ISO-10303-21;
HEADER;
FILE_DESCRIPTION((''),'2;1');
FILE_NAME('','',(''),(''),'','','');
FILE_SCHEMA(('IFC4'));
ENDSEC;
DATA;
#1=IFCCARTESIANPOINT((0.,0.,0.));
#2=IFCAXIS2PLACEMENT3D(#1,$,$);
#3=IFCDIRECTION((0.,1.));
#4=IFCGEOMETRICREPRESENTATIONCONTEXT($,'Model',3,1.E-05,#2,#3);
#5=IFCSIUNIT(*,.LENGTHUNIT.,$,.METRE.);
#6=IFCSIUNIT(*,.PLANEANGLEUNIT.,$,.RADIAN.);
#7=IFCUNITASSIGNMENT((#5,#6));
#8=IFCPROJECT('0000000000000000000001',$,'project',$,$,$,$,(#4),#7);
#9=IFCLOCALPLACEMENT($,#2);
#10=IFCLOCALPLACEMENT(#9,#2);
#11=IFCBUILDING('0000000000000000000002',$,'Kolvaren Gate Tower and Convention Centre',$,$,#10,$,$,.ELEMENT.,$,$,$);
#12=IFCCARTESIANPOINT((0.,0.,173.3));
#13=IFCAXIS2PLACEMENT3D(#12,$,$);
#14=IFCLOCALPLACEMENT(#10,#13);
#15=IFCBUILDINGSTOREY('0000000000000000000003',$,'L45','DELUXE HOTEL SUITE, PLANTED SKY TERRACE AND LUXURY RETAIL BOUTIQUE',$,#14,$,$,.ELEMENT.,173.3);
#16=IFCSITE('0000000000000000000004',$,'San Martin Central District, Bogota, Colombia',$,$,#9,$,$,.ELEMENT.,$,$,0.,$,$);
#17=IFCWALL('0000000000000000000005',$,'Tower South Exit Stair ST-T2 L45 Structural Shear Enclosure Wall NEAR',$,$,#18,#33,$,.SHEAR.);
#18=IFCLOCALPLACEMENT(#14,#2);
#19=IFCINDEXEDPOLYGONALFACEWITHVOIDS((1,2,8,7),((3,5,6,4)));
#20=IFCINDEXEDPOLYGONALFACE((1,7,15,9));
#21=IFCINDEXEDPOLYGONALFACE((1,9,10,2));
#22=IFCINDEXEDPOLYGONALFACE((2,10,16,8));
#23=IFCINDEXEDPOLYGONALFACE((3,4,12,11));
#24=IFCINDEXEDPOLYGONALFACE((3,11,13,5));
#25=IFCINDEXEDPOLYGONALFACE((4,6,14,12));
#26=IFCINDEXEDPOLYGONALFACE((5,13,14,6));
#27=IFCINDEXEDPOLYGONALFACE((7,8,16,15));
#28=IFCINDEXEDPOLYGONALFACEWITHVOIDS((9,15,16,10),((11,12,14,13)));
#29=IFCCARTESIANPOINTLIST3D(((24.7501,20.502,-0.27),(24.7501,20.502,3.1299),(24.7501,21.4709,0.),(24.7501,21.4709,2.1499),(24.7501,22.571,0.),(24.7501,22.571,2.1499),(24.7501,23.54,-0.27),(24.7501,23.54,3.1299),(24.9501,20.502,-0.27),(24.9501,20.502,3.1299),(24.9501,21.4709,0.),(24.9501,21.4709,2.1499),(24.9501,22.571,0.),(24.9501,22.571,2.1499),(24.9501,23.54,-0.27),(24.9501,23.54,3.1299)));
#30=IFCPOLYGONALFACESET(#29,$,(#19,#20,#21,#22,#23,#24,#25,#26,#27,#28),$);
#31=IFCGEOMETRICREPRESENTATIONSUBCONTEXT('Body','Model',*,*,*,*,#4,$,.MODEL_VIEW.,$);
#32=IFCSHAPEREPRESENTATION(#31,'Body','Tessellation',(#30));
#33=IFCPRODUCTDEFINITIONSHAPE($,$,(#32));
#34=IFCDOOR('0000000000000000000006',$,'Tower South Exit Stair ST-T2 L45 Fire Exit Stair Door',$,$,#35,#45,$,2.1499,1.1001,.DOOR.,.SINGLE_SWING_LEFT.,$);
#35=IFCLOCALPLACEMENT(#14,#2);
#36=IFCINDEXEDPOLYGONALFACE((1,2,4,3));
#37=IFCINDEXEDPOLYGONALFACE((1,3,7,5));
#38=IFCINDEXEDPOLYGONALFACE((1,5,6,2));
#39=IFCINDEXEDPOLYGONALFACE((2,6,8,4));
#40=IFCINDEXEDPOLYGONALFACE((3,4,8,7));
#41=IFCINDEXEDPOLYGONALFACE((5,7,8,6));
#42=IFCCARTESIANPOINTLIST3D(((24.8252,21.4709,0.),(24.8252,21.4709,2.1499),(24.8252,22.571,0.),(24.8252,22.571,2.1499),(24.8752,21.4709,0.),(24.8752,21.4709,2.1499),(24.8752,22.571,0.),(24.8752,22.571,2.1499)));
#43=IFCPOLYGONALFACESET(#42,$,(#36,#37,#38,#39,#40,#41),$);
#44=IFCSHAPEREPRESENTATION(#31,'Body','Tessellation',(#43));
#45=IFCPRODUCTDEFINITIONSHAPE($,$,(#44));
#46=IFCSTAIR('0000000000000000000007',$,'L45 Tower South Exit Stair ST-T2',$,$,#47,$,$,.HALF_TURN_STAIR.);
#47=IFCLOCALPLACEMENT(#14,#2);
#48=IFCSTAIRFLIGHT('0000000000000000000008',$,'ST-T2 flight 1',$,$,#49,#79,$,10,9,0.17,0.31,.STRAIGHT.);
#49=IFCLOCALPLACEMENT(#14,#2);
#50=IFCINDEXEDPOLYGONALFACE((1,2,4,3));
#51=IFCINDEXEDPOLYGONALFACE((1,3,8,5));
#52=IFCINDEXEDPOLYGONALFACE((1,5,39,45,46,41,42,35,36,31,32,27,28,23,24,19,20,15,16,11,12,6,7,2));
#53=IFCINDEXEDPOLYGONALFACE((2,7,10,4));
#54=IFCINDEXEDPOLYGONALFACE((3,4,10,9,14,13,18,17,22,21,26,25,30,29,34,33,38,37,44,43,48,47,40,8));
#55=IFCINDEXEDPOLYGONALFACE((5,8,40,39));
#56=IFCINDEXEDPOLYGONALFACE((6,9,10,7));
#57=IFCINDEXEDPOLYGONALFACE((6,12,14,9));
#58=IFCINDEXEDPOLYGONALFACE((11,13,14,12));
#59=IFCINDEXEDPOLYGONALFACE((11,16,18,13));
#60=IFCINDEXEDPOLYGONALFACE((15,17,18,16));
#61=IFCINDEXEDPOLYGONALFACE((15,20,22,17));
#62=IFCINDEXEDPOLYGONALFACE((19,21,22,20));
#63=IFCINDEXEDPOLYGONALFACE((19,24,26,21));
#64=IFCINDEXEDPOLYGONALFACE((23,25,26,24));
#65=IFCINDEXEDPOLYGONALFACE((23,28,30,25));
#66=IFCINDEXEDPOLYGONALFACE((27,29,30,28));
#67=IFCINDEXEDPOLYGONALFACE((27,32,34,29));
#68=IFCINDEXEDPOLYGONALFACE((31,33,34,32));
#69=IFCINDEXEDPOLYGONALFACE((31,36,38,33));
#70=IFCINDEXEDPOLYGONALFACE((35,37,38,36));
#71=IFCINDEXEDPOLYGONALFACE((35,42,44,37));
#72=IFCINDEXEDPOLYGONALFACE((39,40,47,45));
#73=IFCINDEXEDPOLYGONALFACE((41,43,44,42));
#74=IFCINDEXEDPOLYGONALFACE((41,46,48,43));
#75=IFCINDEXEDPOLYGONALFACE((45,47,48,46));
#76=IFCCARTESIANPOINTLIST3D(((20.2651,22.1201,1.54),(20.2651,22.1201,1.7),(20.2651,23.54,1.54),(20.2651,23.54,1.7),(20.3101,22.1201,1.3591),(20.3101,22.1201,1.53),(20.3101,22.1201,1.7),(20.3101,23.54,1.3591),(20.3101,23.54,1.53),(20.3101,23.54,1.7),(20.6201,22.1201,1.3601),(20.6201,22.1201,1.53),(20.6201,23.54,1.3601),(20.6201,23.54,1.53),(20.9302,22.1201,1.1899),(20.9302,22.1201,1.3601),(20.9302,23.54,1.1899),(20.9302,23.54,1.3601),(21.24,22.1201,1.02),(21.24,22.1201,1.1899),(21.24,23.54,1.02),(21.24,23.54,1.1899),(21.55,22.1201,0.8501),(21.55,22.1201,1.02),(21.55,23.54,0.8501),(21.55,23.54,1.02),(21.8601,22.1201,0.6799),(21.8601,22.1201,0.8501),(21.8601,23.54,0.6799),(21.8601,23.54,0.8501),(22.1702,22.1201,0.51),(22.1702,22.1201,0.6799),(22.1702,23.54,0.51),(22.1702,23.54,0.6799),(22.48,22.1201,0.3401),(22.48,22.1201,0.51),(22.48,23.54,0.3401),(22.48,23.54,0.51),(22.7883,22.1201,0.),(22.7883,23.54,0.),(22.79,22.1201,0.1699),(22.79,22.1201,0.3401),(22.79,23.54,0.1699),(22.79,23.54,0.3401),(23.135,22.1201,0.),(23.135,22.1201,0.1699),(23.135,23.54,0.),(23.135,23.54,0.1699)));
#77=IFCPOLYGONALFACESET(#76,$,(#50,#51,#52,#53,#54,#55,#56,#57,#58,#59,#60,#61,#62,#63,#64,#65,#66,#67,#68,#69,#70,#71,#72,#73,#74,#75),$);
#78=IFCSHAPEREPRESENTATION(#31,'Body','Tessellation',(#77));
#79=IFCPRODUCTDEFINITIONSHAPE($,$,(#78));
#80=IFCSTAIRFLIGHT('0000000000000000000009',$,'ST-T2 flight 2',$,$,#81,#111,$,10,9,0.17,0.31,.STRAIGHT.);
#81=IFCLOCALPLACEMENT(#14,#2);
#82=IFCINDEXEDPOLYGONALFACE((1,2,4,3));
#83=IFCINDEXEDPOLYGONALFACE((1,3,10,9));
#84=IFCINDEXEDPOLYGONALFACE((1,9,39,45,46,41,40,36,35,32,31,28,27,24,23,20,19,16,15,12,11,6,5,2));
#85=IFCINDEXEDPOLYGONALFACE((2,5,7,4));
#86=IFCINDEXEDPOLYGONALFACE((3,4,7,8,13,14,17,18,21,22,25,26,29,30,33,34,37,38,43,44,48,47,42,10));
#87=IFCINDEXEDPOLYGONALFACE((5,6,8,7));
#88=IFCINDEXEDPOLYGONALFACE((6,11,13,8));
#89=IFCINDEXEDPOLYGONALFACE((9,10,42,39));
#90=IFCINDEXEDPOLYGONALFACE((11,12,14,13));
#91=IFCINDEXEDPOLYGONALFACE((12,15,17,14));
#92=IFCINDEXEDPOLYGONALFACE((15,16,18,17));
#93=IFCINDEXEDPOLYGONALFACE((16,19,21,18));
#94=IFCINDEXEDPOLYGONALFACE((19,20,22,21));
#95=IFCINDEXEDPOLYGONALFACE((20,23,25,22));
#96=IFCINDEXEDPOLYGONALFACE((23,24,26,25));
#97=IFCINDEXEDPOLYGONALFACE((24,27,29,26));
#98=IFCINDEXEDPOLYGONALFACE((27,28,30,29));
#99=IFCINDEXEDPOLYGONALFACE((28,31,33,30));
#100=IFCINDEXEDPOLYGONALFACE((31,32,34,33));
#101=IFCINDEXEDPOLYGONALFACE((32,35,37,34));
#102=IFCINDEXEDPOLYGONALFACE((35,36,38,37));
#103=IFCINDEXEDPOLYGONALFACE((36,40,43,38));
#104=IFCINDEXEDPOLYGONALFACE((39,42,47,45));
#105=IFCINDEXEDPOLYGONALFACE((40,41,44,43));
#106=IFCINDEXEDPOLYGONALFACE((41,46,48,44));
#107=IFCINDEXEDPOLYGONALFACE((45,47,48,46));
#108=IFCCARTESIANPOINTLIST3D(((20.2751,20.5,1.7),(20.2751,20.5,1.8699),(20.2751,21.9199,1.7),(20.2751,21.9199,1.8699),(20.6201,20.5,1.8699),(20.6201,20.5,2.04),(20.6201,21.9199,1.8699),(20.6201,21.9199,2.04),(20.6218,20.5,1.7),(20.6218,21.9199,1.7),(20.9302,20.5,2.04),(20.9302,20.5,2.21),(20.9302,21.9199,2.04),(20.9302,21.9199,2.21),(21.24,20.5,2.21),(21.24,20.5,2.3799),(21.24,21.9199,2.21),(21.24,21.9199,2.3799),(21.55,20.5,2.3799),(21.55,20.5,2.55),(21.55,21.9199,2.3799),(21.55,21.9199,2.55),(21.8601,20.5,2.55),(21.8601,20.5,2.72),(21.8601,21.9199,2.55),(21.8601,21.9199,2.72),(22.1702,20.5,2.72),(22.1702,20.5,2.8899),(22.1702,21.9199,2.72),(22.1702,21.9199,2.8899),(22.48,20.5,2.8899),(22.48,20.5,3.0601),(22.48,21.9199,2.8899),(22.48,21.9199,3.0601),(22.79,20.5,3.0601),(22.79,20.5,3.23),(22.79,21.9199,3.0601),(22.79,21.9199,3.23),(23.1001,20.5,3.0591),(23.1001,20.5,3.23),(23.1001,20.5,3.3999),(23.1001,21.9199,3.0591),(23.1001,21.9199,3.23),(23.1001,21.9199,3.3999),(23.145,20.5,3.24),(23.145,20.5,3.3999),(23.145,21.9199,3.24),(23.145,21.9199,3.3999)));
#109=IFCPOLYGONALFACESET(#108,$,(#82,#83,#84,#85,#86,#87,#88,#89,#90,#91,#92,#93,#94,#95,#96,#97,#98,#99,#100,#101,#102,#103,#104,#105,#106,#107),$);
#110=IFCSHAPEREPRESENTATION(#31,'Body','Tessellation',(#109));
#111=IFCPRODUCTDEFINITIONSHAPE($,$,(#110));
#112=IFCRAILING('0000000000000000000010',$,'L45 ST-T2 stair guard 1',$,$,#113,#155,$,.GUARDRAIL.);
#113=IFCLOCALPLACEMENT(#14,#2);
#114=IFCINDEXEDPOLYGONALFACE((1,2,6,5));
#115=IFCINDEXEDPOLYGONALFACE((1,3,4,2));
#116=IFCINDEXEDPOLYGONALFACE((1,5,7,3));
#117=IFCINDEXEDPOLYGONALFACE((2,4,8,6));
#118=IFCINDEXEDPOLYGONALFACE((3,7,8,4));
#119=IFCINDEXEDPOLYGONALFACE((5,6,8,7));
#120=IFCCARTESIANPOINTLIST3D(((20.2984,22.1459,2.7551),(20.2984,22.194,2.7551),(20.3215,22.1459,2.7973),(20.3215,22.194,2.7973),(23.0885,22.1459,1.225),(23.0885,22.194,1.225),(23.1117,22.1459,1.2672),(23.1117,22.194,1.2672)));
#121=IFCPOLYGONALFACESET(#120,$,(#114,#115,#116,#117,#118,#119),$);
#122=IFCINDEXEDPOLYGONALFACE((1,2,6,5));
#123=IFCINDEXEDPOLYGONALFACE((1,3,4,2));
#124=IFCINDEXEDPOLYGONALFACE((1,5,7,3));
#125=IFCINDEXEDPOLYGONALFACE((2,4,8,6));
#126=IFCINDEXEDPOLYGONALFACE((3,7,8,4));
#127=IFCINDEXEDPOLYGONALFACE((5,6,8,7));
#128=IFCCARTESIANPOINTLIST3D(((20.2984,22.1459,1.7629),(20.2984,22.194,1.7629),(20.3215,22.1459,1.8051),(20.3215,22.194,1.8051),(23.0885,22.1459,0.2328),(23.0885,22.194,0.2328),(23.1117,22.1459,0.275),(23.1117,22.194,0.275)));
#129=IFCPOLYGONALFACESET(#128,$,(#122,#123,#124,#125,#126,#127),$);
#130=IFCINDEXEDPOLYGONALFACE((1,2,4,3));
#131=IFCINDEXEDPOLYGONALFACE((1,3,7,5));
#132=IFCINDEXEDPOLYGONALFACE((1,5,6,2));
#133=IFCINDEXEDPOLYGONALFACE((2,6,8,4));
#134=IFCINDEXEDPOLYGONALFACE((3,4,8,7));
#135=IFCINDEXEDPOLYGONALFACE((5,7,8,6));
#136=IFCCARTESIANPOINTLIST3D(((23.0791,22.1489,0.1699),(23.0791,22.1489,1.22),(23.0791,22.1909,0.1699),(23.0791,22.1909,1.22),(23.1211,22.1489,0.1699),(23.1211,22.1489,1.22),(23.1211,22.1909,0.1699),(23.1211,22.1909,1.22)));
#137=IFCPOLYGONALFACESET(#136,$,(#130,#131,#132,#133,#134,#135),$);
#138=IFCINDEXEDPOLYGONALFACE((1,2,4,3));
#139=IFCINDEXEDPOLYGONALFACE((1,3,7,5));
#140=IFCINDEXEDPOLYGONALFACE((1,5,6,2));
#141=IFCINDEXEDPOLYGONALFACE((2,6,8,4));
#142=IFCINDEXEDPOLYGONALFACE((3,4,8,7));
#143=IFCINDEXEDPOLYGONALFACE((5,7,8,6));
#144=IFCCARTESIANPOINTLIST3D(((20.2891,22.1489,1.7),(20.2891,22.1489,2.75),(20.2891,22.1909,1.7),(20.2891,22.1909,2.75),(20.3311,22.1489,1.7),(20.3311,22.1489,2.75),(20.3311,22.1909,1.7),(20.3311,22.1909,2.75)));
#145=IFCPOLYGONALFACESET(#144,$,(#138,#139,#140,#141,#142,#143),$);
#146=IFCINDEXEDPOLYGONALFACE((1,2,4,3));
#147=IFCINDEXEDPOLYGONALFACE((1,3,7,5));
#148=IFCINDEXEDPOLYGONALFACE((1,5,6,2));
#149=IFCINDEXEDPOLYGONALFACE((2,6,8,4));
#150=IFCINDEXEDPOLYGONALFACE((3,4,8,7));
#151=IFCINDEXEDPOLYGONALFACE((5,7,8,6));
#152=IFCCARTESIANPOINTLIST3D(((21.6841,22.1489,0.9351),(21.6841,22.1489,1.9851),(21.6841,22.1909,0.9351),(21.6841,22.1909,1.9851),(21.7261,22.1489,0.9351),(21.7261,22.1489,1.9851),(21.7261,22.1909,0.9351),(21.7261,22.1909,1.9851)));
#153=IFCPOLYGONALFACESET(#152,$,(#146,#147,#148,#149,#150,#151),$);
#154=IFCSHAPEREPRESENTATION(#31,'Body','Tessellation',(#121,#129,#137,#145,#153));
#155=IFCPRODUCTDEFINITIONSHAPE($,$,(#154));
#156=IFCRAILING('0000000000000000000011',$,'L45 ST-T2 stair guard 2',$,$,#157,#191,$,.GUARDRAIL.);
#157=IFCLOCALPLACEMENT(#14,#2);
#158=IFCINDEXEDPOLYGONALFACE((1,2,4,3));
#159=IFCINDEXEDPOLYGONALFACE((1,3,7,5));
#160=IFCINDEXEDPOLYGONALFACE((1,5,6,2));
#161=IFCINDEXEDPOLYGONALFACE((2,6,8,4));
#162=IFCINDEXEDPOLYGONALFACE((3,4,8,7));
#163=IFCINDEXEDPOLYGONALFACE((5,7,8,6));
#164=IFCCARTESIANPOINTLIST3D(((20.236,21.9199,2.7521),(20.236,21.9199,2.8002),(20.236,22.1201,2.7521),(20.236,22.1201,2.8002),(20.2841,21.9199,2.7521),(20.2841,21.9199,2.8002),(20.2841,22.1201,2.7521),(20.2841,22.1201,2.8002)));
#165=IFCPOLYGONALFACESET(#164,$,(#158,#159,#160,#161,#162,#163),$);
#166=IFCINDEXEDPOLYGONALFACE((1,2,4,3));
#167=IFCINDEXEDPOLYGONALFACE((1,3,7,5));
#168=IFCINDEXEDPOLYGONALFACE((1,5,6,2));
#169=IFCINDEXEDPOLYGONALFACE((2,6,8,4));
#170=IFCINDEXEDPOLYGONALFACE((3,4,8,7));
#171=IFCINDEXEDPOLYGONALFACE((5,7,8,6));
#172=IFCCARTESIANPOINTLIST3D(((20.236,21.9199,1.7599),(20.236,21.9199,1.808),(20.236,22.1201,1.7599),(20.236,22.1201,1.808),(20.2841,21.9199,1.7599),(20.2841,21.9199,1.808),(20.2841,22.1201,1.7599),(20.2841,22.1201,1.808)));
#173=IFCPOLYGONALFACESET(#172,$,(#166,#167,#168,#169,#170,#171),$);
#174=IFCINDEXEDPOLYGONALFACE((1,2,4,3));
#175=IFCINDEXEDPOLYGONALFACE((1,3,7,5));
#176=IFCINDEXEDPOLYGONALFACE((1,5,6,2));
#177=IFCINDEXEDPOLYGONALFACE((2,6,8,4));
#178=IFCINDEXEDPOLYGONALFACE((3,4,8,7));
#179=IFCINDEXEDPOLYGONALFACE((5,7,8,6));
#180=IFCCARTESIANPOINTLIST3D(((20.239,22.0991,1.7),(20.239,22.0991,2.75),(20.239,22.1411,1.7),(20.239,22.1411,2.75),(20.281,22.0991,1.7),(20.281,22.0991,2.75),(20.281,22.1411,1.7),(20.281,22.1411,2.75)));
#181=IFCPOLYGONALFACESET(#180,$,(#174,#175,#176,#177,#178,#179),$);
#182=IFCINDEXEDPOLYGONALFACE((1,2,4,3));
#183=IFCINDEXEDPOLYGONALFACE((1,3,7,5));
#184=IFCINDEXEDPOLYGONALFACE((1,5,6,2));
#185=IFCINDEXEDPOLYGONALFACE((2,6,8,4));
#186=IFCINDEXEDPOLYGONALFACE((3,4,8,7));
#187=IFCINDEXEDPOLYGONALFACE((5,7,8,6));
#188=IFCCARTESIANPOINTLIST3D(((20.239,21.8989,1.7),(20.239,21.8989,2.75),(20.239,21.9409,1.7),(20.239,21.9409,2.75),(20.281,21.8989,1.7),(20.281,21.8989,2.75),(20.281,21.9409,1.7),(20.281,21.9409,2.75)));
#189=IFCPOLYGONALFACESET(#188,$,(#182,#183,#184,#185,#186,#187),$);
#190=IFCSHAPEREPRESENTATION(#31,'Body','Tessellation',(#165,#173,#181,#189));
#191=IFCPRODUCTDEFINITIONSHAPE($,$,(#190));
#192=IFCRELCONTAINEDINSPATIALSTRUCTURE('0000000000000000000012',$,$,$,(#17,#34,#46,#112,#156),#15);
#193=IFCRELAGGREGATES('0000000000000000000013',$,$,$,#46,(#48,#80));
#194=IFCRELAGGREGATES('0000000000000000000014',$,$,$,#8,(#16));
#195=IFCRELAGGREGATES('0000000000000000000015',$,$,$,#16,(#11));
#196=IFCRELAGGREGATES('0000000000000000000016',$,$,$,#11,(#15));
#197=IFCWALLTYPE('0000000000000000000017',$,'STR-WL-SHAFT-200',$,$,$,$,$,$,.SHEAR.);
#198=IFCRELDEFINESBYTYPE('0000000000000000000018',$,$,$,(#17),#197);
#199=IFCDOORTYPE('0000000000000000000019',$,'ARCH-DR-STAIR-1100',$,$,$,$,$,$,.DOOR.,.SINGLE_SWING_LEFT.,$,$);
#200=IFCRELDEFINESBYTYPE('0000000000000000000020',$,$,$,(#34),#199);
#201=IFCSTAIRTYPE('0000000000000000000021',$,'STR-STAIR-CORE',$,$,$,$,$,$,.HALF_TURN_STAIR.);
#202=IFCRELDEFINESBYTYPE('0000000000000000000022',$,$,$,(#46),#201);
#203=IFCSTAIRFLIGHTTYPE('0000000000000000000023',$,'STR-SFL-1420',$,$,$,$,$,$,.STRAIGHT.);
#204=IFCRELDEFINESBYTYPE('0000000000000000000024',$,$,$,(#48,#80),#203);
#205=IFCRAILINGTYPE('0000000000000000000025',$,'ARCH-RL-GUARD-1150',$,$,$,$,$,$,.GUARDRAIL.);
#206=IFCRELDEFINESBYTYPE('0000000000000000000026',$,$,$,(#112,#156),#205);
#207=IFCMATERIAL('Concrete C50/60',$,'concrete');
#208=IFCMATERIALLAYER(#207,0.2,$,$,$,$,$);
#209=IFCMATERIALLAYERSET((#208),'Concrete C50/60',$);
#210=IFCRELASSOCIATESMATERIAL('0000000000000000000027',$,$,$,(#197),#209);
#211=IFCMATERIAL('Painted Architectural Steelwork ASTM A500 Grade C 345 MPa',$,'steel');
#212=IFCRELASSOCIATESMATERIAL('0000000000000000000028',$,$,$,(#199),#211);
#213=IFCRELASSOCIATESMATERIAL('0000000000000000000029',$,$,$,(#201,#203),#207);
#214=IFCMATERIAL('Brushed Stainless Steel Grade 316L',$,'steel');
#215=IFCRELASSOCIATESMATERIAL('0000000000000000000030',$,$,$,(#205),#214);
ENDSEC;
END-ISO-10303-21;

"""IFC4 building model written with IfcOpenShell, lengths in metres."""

from ifc_helpers import new_model, si_unit, direction, frame, frame_2d, origin, origin_2d, place, context, subcontext, project, spatial, polyline, rectangle, outline, extrude, material, layer, layer_set, type_object, element, fill, aggregate, save


model = new_model("IFC4")

# Units and contexts
model_context = context("Model", 3, precision=1e-05, world=origin(), true_north=direction((0.0, 1.0)))
body_context = subcontext(model_context, "Body", "Model", "MODEL_VIEW")
ifc_project = project(units=[si_unit("LENGTHUNIT", "METRE"), si_unit("PLANEANGLEUNIT", "RADIAN")], contexts=[model_context])

# Site, building, storey
site_placement = place(None, origin())
site = spatial("IfcSite", under=ifc_project, at=site_placement, Name="San Martin Central District, Bogota, Colombia", CompositionType="ELEMENT", RefElevation=0.0)
building_placement = place(site_placement, origin())
building = spatial("IfcBuilding", under=site, at=building_placement, Name="Kolvaren Gate Tower and Convention Centre", CompositionType="ELEMENT")
storey_placement = place(building_placement, frame((0.0, 0.0, 173.3)))
storey = spatial("IfcBuildingStorey", under=building, at=storey_placement, Name="L45", Description="DELUXE HOTEL SUITE, PLANTED SKY TERRACE AND LUXURY RETAIL BOUTIQUE", CompositionType="ELEMENT", Elevation=173.3)

# Shared definitions
ifc_material_1 = material(Name="Brushed Stainless Steel Grade 316L", Category="steel")

# Wall, opening, door
ifc_material_2 = material(Name="Concrete C50/60", Category="concrete")
ifc_layer_1 = layer(ifc_material_2, 0.2)
ifc_layer_set_1 = layer_set([ifc_layer_1], Name="Concrete C50/60")
wall_type_1 = type_object("IfcWallType", Name="STR-WL-SHAFT-200", PredefinedType="SHEAR", material=ifc_layer_set_1)
wall_1_placement = place(storey_placement, frame((24.8501, 20.502, -0.27), z_axis=(0.0, 0.0, 1.0), x_axis=(0.0, 1.0, 0.0)))
wall_1 = element("IfcWall", 1, at=wall_1_placement, inside=storey, type_object=wall_type_1, Name="Tower South Exit Stair ST-T2 L45 Structural Shear Enclosure Wall NEAR", PredefinedType="SHEAR", context=body_context, shape_type="SweptSolid", body=[
    extrude(rectangle(XDim=3.0381, YDim=0.2, at=frame_2d((1.519, 0.0))), origin(), (0.0, 0.0, 1.0), 3.3999),
])
opening_1_placement = place(wall_1_placement, frame((0.969, 0.0, 0.27)))
opening_1 = element("IfcOpeningElement", 2, at=opening_1_placement, cuts=wall_1, PredefinedType="OPENING", context=body_context, shape_type="SweptSolid", body=[
    extrude(rectangle(XDim=1.1001, YDim=2.1499, at=frame_2d((0.55, 1.075))), frame((0.0, 0.1099, 0.0), z_axis=(0.0, -1.0, 0.0), x_axis=(1.0, 0.0, 0.0)), (0.0, 0.0, 1.0), 0.22),
])
ifc_material_3 = material(Name="Painted Architectural Steelwork ASTM A500 Grade C 345 MPa", Category="steel")
door_type_1 = type_object("IfcDoorType", Name="ARCH-DR-STAIR-1100", OperationType="SINGLE_SWING_LEFT", PredefinedType="DOOR", material=ifc_material_3)
door_1_placement = place(opening_1_placement, origin())
door_1 = element("IfcDoor", 3, at=door_1_placement, inside=storey, type_object=door_type_1, Name="Tower South Exit Stair ST-T2 L45 Fire Exit Stair Door", OperationType="SINGLE_SWING_LEFT", OverallHeight=2.1499, OverallWidth=1.1001, PredefinedType="DOOR", context=body_context, shape_type="SweptSolid", body=[
    extrude(rectangle(XDim=1.1001, YDim=2.1499, at=frame_2d((0.55, 1.075))), frame((0.0, 0.0249, 0.0), z_axis=(0.0, -1.0, 0.0), x_axis=(1.0, 0.0, 0.0)), (0.0, 0.0, 1.0), 0.05),
])
fill(opening_1, door_1)

# Stair, stair flights
stair_type = type_object("IfcStairType", Name="STR-STAIR-CORE", PredefinedType="HALF_TURN_STAIR", material=ifc_material_2)
stair_placement = place(storey_placement, origin())
stair = element("IfcStair", 4, at=stair_placement, inside=storey, type_object=stair_type, Name="L45 Tower South Exit Stair ST-T2", PredefinedType="HALF_TURN_STAIR")
stair_flight_type = type_object("IfcStairFlightType", Name="STR-SFL-1420", PredefinedType="STRAIGHT", material=ifc_material_2)
stair_flight_1_placement = place(storey_placement, frame((23.1001, 22.8301, 0.0), z_axis=(0.0, 0.0, 1.0), x_axis=(-1.0, 0.0, 0.0)))
stair_flight_1 = element("IfcStairFlight", 5, at=stair_flight_1_placement, type_object=stair_flight_type, Name="ST-T2 flight 1", NumberOfRisers=10, NumberOfTreads=9, PredefinedType="STRAIGHT", RiserHeight=0.17, TreadLength=0.31, context=body_context, shape_type="SweptSolid", body=[
    extrude(outline(polyline([(-0.0349, 0.0), (-0.0349, 0.1699), (0.3101, 0.1699), (0.3101, 0.3401), (0.6201, 0.3401), (0.6201, 0.51), (0.9299, 0.51), (0.9299, 0.6799), (1.24, 0.6799), (1.24, 0.8501), (1.55, 0.8501), (1.55, 1.02), (1.8601, 1.02), (1.8601, 1.1899), (2.1699, 1.1899), (2.1699, 1.3601), (2.48, 1.3601), (2.48, 1.53), (2.79, 1.53), (2.79, 1.7), (2.835, 1.7), (2.835, 1.54), (2.79, 1.3591), (0.3118, 0.0), (-0.0349, 0.0)])), frame((0.0, 0.71, 0.0), z_axis=(0.0, -1.0, 0.0), x_axis=(1.0, 0.0, 0.0)), (0.0, 0.0, 1.0), 1.4199),
])
stair_flight_2_placement = place(storey_placement, frame((20.3101, 21.21, 1.7), z_axis=(0.0, 0.0, 1.0), x_axis=(1.0, 0.0, 0.0)))
stair_flight_2 = element("IfcStairFlight", 6, at=stair_flight_2_placement, type_object=stair_flight_type, Name="ST-T2 flight 2", NumberOfRisers=10, NumberOfTreads=9, PredefinedType="STRAIGHT", RiserHeight=0.17, TreadLength=0.31, context=body_context, shape_type="SweptSolid", body=[
    extrude(outline(polyline([(-0.0349, 0.0), (-0.0349, 0.1699), (0.3101, 0.1699), (0.3101, 0.3401), (0.6201, 0.3401), (0.6201, 0.51), (0.9299, 0.51), (0.9299, 0.6799), (1.24, 0.6799), (1.24, 0.8501), (1.55, 0.8501), (1.55, 1.02), (1.8601, 1.02), (1.8601, 1.1899), (2.1699, 1.1899), (2.1699, 1.3601), (2.48, 1.3601), (2.48, 1.53), (2.79, 1.53), (2.79, 1.7), (2.835, 1.7), (2.835, 1.54), (2.79, 1.3591), (0.3118, 0.0), (-0.0349, 0.0)])), frame((0.0, 0.71, 0.0), z_axis=(0.0, -1.0, 0.0), x_axis=(1.0, 0.0, 0.0)), (0.0, 0.0, 1.0), 1.4199),
])
aggregate(stair, [stair_flight_1, stair_flight_2])

# Railings
railing_type_1 = type_object("IfcRailingType", Name="ARCH-RL-GUARD-1150", PredefinedType="GUARDRAIL", material=ifc_material_1)
railing_1_placement = place(storey_placement, frame((23.1001, 22.1699, 0.1699)))
element("IfcRailing", 7, at=railing_1_placement, inside=storey, type_object=railing_type_1, Name="L45 ST-T2 stair guard 1", PredefinedType="GUARDRAIL", context=body_context, shape_type="SweptSolid", body=[
    extrude(rectangle(XDim=0.0481, YDim=0.0481, at=origin_2d()), frame((0.0, 0.0, 1.0762), z_axis=(-0.876811, 0.0, 0.480835), x_axis=(0.0, -1.0, 0.0)), (0.0, 0.0, 1.0), 3.1821),
    extrude(rectangle(XDim=0.0481, YDim=0.0481, at=origin_2d()), frame((0.0, 0.0, 0.084), z_axis=(-0.876811, 0.0, 0.480835), x_axis=(0.0, -1.0, 0.0)), (0.0, 0.0, 1.0), 3.1821),
    extrude(rectangle(XDim=0.042, YDim=0.042, at=origin_2d()), origin(), (0.0, 0.0, 1.0), 1.05),
    extrude(rectangle(XDim=0.042, YDim=0.042, at=origin_2d()), frame((-2.79, 0.0, 1.53)), (0.0, 0.0, 1.0), 1.05),
    extrude(rectangle(XDim=0.042, YDim=0.042, at=origin_2d()), frame((-1.395, 0.0, 0.7651)), (0.0, 0.0, 1.0), 1.05),
])
railing_2_placement = place(storey_placement, frame((20.26, 22.1201, 1.7)))
element("IfcRailing", 8, at=railing_2_placement, inside=storey, type_object=railing_type_1, Name="L45 ST-T2 stair guard 2", PredefinedType="GUARDRAIL", context=body_context, shape_type="SweptSolid", body=[
    extrude(rectangle(XDim=0.0481, YDim=0.0481, at=origin_2d()), frame((0.0, 0.0, 1.0762), z_axis=(0.0, -1.0, 0.0), x_axis=(1.0, 0.0, 0.0)), (0.0, 0.0, 1.0), 0.2002),
    extrude(rectangle(XDim=0.0481, YDim=0.0481, at=origin_2d()), frame((0.0, 0.0, 0.084), z_axis=(0.0, -1.0, 0.0), x_axis=(1.0, 0.0, 0.0)), (0.0, 0.0, 1.0), 0.2002),
    extrude(rectangle(XDim=0.042, YDim=0.042, at=origin_2d()), origin(), (0.0, 0.0, 1.0), 1.05),
    extrude(rectangle(XDim=0.042, YDim=0.042, at=origin_2d()), frame((0.0, -0.2002, 0.0)), (0.0, 0.0, 1.0), 1.05),
])

save(model, "model.ifc")
